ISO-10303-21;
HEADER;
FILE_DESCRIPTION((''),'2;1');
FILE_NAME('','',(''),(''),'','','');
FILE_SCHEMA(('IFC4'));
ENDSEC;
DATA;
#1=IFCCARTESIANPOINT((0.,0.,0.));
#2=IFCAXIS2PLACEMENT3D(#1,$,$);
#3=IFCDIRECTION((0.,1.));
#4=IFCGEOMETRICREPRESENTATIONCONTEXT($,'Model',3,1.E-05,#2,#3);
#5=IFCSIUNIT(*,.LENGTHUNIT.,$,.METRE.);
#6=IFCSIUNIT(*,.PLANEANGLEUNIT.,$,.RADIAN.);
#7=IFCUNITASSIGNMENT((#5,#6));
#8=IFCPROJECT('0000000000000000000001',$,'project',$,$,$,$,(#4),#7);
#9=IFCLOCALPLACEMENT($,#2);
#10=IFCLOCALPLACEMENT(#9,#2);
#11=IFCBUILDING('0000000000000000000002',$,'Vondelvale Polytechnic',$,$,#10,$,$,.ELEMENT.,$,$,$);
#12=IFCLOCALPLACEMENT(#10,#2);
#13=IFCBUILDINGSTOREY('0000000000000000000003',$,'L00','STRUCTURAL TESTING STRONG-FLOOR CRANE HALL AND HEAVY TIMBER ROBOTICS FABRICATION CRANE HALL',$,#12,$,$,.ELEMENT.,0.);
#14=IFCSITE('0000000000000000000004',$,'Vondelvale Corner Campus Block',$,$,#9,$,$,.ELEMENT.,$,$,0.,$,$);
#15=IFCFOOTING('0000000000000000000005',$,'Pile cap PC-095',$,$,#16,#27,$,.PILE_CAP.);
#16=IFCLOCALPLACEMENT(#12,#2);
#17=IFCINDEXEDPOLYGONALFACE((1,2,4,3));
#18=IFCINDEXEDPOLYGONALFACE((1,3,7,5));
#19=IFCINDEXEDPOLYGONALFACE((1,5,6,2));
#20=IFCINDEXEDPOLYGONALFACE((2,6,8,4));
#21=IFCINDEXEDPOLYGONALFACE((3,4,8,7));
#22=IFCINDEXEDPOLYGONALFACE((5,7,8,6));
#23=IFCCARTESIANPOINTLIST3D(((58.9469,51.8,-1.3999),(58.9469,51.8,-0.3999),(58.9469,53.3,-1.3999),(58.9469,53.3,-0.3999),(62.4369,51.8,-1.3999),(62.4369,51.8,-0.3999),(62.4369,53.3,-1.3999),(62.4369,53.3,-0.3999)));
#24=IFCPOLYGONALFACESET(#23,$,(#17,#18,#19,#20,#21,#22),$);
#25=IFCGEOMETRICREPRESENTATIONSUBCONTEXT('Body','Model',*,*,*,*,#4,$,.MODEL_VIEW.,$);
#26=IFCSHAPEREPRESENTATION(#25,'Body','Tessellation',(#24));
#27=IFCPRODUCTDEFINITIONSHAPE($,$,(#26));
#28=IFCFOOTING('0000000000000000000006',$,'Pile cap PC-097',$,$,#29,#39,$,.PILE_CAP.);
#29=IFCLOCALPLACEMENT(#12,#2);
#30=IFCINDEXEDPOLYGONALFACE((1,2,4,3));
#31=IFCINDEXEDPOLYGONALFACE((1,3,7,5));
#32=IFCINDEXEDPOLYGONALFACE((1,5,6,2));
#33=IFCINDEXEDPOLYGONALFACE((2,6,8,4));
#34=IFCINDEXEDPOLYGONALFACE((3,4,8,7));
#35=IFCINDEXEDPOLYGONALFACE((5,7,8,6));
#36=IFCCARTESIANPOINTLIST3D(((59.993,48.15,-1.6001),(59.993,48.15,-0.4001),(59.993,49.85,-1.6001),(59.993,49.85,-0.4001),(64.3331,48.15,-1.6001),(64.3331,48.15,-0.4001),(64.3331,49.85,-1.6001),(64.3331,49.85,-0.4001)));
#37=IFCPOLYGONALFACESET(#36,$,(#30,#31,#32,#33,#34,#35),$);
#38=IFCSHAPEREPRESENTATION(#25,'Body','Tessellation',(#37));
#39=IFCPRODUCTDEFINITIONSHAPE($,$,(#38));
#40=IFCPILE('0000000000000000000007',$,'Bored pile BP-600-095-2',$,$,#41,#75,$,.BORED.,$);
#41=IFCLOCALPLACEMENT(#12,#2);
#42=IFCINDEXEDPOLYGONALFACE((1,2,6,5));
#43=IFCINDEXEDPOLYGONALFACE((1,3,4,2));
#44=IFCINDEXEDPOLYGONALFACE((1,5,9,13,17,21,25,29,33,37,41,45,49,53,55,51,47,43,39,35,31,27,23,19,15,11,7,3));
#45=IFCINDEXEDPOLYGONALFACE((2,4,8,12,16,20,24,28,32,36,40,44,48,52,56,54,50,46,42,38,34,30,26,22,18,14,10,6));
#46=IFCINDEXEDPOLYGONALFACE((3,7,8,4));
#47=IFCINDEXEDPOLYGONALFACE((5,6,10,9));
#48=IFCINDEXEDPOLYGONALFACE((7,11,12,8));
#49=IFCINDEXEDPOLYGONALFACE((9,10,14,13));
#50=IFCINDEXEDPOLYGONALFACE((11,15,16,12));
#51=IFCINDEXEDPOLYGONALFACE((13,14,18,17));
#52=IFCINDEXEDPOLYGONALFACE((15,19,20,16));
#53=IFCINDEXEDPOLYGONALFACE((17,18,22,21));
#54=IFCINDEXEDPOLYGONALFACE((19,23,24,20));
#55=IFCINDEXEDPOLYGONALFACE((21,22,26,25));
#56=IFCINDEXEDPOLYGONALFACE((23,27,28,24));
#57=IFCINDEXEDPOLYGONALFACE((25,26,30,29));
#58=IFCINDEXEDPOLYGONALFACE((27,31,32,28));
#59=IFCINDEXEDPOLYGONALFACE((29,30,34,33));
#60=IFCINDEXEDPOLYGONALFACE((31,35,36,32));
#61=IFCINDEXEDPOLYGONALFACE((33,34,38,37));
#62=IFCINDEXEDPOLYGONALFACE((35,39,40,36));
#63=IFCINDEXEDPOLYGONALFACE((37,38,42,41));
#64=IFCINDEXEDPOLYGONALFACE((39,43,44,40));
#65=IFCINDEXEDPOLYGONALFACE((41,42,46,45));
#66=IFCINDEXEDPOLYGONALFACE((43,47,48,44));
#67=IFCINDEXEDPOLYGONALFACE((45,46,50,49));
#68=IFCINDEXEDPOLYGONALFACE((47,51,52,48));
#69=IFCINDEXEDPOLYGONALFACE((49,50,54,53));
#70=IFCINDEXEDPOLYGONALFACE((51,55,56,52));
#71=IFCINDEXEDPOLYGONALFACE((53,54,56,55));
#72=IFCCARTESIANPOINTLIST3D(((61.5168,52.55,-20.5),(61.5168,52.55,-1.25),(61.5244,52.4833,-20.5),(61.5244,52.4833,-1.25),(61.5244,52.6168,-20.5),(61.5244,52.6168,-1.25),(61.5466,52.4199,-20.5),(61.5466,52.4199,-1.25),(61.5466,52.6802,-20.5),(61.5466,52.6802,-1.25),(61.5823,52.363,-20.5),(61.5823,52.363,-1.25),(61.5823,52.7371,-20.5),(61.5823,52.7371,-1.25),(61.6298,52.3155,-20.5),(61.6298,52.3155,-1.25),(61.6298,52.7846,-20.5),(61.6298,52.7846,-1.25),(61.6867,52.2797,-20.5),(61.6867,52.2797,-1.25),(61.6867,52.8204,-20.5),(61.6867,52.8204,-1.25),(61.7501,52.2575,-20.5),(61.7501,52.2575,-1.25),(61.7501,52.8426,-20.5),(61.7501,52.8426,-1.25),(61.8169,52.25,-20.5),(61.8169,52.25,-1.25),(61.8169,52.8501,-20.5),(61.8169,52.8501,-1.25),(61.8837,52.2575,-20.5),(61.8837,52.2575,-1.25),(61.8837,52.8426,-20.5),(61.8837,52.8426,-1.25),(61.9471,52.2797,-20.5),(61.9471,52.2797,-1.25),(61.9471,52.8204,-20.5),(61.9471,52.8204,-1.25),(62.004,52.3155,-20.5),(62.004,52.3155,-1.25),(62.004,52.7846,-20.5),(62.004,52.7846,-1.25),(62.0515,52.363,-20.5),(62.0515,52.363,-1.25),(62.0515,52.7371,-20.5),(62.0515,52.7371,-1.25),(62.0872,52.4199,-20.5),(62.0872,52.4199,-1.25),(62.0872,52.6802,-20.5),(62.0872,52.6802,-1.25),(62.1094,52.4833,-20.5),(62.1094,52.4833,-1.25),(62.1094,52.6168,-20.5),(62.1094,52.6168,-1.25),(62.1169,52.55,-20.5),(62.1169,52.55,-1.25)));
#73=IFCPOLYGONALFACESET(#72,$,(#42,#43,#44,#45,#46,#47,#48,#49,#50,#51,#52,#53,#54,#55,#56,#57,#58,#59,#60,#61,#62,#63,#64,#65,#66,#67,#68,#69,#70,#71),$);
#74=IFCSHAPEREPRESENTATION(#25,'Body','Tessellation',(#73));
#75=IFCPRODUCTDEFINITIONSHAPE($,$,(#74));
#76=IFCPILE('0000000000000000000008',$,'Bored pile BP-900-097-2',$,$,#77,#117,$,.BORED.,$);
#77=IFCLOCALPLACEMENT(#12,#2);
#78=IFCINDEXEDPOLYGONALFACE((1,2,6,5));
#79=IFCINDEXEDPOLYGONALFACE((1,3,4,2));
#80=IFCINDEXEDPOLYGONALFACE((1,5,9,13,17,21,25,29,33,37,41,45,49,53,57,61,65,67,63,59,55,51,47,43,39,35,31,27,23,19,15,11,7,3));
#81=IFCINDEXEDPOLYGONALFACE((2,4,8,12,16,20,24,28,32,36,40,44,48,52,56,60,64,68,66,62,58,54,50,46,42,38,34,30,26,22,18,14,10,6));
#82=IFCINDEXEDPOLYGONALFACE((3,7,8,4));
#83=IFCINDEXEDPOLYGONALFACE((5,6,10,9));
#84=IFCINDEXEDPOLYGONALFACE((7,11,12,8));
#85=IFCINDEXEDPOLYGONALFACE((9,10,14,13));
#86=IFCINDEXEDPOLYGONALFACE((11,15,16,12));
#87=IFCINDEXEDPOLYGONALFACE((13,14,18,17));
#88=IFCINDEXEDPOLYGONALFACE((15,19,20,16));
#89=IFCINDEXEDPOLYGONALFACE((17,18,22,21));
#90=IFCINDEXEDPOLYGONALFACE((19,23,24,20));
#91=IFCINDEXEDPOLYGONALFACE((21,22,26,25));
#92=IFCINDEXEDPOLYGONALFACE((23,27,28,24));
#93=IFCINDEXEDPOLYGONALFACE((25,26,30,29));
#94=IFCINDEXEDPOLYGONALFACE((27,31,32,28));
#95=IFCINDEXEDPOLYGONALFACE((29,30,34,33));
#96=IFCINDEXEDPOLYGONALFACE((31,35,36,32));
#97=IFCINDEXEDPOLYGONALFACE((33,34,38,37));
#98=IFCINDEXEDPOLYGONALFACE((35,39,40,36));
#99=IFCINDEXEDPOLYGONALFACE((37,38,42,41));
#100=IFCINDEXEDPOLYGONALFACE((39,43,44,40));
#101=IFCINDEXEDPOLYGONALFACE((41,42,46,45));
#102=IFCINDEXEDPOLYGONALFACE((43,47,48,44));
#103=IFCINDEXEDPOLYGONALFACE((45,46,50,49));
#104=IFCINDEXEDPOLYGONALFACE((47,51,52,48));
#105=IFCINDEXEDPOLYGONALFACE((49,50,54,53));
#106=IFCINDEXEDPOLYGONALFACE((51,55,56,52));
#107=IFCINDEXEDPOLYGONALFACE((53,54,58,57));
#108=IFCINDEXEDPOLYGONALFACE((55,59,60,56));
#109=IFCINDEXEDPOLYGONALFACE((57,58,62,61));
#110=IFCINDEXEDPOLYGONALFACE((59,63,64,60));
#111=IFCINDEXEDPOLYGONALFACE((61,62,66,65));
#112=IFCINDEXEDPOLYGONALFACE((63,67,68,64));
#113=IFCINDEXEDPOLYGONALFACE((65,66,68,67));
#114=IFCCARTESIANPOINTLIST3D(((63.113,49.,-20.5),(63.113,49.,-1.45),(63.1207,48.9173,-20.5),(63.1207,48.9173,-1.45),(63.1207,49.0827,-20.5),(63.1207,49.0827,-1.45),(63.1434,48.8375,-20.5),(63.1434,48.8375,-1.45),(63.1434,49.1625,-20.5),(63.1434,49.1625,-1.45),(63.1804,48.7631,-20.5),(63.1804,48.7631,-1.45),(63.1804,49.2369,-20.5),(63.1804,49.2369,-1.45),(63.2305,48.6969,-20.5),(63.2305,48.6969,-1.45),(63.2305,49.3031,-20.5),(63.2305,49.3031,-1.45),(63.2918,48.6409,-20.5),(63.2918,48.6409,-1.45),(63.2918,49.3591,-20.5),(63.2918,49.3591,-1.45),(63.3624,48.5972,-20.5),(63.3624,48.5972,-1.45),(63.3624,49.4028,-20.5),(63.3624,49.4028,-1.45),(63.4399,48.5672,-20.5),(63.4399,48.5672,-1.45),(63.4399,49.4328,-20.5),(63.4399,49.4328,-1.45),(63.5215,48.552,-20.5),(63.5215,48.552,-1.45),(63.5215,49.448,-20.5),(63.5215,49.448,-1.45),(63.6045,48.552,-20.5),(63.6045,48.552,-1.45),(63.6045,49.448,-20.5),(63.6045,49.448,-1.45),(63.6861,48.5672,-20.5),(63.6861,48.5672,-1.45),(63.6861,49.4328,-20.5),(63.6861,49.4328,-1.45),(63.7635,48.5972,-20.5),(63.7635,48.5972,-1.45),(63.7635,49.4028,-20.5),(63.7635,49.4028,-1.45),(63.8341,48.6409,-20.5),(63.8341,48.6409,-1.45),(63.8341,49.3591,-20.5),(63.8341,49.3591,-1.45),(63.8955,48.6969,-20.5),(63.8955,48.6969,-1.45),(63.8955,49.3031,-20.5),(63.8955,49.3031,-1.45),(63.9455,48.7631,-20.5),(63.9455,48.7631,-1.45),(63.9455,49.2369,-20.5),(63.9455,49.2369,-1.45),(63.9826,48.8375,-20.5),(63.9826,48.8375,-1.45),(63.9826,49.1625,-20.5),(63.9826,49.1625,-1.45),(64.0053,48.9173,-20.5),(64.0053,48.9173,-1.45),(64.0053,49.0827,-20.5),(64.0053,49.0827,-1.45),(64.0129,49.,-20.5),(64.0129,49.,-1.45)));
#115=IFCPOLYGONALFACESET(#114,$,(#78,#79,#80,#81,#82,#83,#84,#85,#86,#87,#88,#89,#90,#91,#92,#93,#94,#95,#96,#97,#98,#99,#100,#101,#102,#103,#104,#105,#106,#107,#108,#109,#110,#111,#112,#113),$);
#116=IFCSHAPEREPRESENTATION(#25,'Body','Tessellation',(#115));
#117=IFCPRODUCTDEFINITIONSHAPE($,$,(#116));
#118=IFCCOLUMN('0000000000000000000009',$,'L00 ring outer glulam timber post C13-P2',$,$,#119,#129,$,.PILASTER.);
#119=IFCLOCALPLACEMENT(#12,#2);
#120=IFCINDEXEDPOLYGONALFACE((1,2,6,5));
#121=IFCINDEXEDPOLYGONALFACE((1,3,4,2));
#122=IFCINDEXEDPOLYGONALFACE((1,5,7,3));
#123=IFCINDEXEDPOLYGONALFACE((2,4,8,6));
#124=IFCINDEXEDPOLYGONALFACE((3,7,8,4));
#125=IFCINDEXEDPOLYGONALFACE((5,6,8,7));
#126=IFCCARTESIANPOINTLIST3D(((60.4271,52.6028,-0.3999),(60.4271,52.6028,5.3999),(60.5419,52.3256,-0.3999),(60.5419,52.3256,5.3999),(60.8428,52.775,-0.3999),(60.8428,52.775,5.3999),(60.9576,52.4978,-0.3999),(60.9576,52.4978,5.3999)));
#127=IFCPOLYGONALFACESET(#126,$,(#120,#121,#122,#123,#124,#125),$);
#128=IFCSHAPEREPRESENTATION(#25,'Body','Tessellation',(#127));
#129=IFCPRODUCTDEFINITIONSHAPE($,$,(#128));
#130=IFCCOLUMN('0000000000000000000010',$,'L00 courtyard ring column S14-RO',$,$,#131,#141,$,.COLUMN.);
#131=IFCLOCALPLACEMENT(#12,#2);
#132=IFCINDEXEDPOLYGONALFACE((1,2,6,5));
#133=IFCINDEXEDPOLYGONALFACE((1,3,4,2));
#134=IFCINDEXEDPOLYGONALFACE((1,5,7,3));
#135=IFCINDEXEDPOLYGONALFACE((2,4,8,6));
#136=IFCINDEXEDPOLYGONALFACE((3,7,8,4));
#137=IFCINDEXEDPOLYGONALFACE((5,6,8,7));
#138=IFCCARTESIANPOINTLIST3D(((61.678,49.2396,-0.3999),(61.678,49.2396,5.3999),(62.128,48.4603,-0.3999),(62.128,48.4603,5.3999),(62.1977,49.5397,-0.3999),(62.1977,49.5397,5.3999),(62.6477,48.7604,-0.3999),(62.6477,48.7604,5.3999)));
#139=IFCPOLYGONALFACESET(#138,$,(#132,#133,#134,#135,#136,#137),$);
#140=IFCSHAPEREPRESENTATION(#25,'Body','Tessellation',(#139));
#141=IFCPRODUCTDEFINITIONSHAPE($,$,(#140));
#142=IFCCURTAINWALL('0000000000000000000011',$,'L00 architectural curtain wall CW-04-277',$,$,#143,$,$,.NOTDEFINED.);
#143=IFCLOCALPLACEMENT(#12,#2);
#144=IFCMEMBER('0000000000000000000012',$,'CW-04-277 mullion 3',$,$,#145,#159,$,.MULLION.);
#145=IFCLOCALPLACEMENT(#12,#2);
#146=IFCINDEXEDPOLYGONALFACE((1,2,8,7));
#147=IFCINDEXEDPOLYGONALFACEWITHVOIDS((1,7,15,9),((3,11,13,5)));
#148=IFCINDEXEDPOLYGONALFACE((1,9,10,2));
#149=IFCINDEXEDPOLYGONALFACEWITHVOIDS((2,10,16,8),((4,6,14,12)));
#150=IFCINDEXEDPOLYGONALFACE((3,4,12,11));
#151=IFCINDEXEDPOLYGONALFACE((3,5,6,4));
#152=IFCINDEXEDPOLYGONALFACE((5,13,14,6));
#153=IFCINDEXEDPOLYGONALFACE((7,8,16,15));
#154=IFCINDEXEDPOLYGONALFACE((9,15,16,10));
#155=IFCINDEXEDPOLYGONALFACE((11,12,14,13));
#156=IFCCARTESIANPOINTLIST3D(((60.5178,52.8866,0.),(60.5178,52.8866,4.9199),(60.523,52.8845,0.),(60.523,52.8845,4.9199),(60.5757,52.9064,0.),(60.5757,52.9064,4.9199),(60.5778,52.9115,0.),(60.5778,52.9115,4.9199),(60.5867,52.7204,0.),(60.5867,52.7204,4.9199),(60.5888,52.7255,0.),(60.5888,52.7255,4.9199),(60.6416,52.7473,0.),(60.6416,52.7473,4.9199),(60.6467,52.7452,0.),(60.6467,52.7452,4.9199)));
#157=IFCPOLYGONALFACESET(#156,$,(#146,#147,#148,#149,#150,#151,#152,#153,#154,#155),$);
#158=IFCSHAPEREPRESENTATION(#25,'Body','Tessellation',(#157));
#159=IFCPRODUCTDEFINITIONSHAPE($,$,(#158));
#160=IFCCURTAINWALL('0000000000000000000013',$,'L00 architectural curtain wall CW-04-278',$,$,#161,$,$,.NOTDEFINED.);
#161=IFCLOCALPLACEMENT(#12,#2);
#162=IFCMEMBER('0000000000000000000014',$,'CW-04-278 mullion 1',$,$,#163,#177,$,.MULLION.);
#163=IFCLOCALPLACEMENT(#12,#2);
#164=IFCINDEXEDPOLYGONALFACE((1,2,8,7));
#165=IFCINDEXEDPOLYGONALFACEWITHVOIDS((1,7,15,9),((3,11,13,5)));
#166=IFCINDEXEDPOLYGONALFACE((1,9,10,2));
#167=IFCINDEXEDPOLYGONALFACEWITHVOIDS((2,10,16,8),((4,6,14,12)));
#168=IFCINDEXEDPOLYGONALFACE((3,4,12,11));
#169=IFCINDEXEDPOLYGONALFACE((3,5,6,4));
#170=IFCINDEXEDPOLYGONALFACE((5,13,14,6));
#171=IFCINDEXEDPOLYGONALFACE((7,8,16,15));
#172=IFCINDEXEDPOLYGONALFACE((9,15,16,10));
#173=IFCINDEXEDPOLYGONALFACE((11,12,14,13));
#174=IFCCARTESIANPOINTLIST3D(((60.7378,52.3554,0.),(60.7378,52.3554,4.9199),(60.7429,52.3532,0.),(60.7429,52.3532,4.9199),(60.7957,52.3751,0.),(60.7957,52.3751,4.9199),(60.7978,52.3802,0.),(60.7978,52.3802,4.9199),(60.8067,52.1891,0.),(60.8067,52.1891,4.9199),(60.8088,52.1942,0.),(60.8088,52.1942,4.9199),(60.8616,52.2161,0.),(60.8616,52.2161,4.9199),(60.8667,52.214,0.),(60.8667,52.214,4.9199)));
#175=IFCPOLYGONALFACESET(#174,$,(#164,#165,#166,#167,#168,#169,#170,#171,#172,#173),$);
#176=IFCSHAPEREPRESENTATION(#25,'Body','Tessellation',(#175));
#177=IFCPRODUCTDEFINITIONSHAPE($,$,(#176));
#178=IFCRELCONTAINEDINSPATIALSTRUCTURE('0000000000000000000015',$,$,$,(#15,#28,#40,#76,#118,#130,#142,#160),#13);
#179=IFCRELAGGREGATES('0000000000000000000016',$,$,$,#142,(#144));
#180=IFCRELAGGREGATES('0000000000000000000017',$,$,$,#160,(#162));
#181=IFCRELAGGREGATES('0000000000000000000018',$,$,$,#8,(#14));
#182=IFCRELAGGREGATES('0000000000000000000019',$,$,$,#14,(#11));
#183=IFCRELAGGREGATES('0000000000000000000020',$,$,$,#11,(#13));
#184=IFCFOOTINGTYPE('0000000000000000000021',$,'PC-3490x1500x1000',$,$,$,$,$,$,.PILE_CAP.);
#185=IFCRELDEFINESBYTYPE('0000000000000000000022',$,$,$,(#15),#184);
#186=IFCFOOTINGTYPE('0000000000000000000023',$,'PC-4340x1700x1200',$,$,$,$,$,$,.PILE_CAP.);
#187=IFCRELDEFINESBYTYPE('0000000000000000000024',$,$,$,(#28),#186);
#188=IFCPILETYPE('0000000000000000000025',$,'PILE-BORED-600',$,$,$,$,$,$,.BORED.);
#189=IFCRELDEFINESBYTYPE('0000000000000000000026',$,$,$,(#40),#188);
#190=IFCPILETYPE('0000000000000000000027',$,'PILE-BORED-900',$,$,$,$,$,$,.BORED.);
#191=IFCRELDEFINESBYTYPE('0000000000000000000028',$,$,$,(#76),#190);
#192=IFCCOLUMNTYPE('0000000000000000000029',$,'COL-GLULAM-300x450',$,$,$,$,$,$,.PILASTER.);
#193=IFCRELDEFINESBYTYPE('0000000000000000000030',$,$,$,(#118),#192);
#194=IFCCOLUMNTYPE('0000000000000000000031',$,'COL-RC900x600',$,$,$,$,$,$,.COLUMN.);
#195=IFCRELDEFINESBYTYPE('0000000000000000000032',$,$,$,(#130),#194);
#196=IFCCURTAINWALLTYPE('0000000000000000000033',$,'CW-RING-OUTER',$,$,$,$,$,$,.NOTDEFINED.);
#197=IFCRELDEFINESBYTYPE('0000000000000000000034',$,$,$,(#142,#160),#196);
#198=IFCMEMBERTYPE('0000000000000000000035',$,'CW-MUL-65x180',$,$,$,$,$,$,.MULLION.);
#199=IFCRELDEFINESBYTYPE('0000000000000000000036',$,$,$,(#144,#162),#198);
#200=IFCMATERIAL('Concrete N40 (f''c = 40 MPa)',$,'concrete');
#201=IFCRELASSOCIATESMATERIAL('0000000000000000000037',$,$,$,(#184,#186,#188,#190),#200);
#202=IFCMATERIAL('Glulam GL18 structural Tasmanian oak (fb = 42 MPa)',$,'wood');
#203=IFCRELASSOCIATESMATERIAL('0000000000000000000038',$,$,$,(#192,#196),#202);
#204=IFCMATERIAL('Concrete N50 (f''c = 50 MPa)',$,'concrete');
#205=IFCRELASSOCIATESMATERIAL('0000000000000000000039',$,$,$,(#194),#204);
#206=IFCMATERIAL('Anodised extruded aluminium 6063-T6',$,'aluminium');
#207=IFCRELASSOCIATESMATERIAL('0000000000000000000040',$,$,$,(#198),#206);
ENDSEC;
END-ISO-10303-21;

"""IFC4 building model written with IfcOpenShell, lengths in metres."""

from ifc_helpers import new_model, si_unit, direction, frame, origin, origin_2d, place, context, subcontext, project, spatial, rectangle, hollow_rectangle, circle, extrude, material, material_profile, profile_set, type_object, element, aggregate, save


model = new_model("IFC4")

# Units and contexts
model_context = context("Model", 3, precision=1e-05, world=origin(), true_north=direction((0.0, 1.0)))
body_context = subcontext(model_context, "Body", "Model", "MODEL_VIEW")
ifc_project = project(units=[si_unit("LENGTHUNIT", "METRE"), si_unit("PLANEANGLEUNIT", "RADIAN")], contexts=[model_context])

# Site, building, storey
site_placement = place(None, origin())
site = spatial("IfcSite", under=ifc_project, at=site_placement, Name="Vondelvale Corner Campus Block", CompositionType="ELEMENT", RefElevation=0.0)
building_placement = place(site_placement, origin())
building = spatial("IfcBuilding", under=site, at=building_placement, Name="Vondelvale Polytechnic", CompositionType="ELEMENT")
storey_placement = place(building_placement, origin())
storey = spatial("IfcBuildingStorey", under=building, at=storey_placement, Name="L00", Description="STRUCTURAL TESTING STRONG-FLOOR CRANE HALL AND HEAVY TIMBER ROBOTICS FABRICATION CRANE HALL", CompositionType="ELEMENT", Elevation=0.0)

# Footings
ifc_material_1 = material(Name="Concrete N40 (f'c = 40 MPa)", Category="concrete")
footing_type_1 = type_object("IfcFootingType", Name="PC-3490x1500x1000", PredefinedType="PILE_CAP", material=ifc_material_1)
footing_1_placement = place(storey_placement, frame((60.6919, 52.55, -1.3999), z_axis=(0.0, 0.0, 1.0), x_axis=(1.0, 0.0, 0.0)))
element("IfcFooting", 1, at=footing_1_placement, inside=storey, type_object=footing_type_1, Name="Pile cap PC-095", PredefinedType="PILE_CAP", context=body_context, shape_type="SweptSolid", body=[
    extrude(rectangle(XDim=3.49, YDim=1.5, at=origin_2d()), origin(), (0.0, 0.0, 1.0), 1.0),
])
footing_type_2 = type_object("IfcFootingType", Name="PC-4340x1700x1200", PredefinedType="PILE_CAP", material=ifc_material_1)
footing_2_placement = place(storey_placement, frame((62.1631, 49.0, -1.6001), z_axis=(0.0, 0.0, 1.0), x_axis=(1.0, 0.0, 0.0)))
element("IfcFooting", 2, at=footing_2_placement, inside=storey, type_object=footing_type_2, Name="Pile cap PC-097", PredefinedType="PILE_CAP", context=body_context, shape_type="SweptSolid", body=[
    extrude(rectangle(XDim=4.3401, YDim=1.7, at=origin_2d()), origin(), (0.0, 0.0, 1.0), 1.2),
])

# Piles
ifc_material_profile_1 = material_profile(ifc_material_1, circle(Radius=0.3, at=origin_2d()), Name="PILE-D600")
ifc_profile_set_1 = profile_set([ifc_material_profile_1], Name="Concrete N40 (f'c = 40 MPa)")
pile_type_1 = type_object("IfcPileType", Name="PILE-BORED-600", PredefinedType="BORED", material=ifc_profile_set_1)
pile_1_placement = place(storey_placement, frame((61.8169, 52.55, -1.25), z_axis=(0.0, 0.0, -1.0), x_axis=(1.0, 0.0, 0.0)))
element("IfcPile", 3, at=pile_1_placement, inside=storey, type_object=pile_type_1, Name="Bored pile BP-600-095-2", PredefinedType="BORED", context=body_context, shape_type="SweptSolid", body=[
    extrude(circle(Radius=0.3, at=origin_2d()), origin(), (0.0, 0.0, 1.0), 19.25),
])
ifc_material_profile_2 = material_profile(ifc_material_1, circle(Radius=0.45, at=origin_2d()), Name="PILE-D900")
ifc_profile_set_2 = profile_set([ifc_material_profile_2], Name="Concrete N40 (f'c = 40 MPa)")
pile_type_2 = type_object("IfcPileType", Name="PILE-BORED-900", PredefinedType="BORED", material=ifc_profile_set_2)
pile_2_placement = place(storey_placement, frame((63.563, 49.0, -1.45), z_axis=(0.0, 0.0, -1.0), x_axis=(1.0, 0.0, 0.0)))
element("IfcPile", 4, at=pile_2_placement, inside=storey, type_object=pile_type_2, Name="Bored pile BP-900-097-2", PredefinedType="BORED", context=body_context, shape_type="SweptSolid", body=[
    extrude(circle(Radius=0.45, at=origin_2d()), origin(), (0.0, 0.0, 1.0), 19.05),
])

# Columns
ifc_material_2 = material(Name="Glulam GL18 structural Tasmanian oak (fb = 42 MPa)", Category="wood")
ifc_material_profile_3 = material_profile(ifc_material_2, rectangle(XDim=0.3, YDim=0.45, at=origin_2d()), Name="GL-POST-300x450")
ifc_profile_set_3 = profile_set([ifc_material_profile_3], Name="Glulam GL18 structural Tasmanian oak (fb = 42 MPa)")
column_type_1 = type_object("IfcColumnType", Name="COL-GLULAM-300x450", PredefinedType="PILASTER", material=ifc_profile_set_3)
column_1_placement = place(storey_placement, frame((60.6924, 52.5503, -0.3999), z_axis=(0.0, 0.0, 1.0), x_axis=(-0.382683, 0.92388, 0.0)))
element("IfcColumn", 5, at=column_1_placement, inside=storey, type_object=column_type_1, Name="L00 ring outer glulam timber post C13-P2", PredefinedType="PILASTER", context=body_context, shape_type="SweptSolid", body=[
    extrude(rectangle(XDim=0.3, YDim=0.45, at=origin_2d()), origin(), (0.0, 0.0, 1.0), 5.7998),
])
ifc_material_3 = material(Name="Concrete N50 (f'c = 50 MPa)", Category="concrete")
ifc_material_profile_4 = material_profile(ifc_material_3, rectangle(XDim=0.6001, YDim=0.8999, at=origin_2d()), Name="RC-COL-900x600")
ifc_profile_set_4 = profile_set([ifc_material_profile_4], Name="Concrete N50 (f'c = 50 MPa)")
column_type_2 = type_object("IfcColumnType", Name="COL-RC900x600", PredefinedType="COLUMN", material=ifc_profile_set_4)
column_2_placement = place(storey_placement, frame((62.1628, 49.0, -0.3999), z_axis=(0.0, 0.0, 1.0), x_axis=(0.866025, 0.5, 0.0)))
element("IfcColumn", 6, at=column_2_placement, inside=storey, type_object=column_type_2, Name="L00 courtyard ring column S14-RO", PredefinedType="COLUMN", context=body_context, shape_type="SweptSolid", body=[
    extrude(rectangle(XDim=0.6001, YDim=0.8999, at=origin_2d()), origin(), (0.0, 0.0, 1.0), 5.7998),
])

# Curtain wall, member
curtain_wall_type = type_object("IfcCurtainWallType", Name="CW-RING-OUTER", PredefinedType="NOTDEFINED", material=ifc_material_2)
curtain_wall_1_placement = place(storey_placement, origin())
curtain_wall_1 = element("IfcCurtainWall", 7, at=curtain_wall_1_placement, inside=storey, type_object=curtain_wall_type, Name="L00 architectural curtain wall CW-04-277", PredefinedType="NOTDEFINED")
ifc_material_4 = material(Name="Anodised extruded aluminium 6063-T6", Category="aluminium")
ifc_material_profile_5 = material_profile(ifc_material_4, hollow_rectangle(XDim=0.0649, YDim=0.1799, WallThickness=0.0039, at=origin_2d()), Name="CW-MUL-180x65")
ifc_profile_set_5 = profile_set([ifc_material_profile_5], Name="Anodised extruded aluminium 6063-T6")
member_type_1 = type_object("IfcMemberType", Name="CW-MUL-65x180", PredefinedType="MULLION", material=ifc_profile_set_5)
member_1_placement = place(storey_placement, frame((60.5823, 52.8159, 0.0), z_axis=(0.0, 0.0, 1.0), x_axis=(0.923875, 0.382695, 0.0)))
member_1 = element("IfcMember", 8, at=member_1_placement, type_object=member_type_1, Name="CW-04-277 mullion 3", PredefinedType="MULLION", context=body_context, shape_type="SweptSolid", body=[
    extrude(hollow_rectangle(XDim=0.0649, YDim=0.1799, WallThickness=0.0039, at=origin_2d()), origin(), (0.0, 0.0, 1.0), 4.9199),
])

# Curtain wall, member
curtain_wall_2_placement = place(storey_placement, origin())
curtain_wall_2 = element("IfcCurtainWall", 9, at=curtain_wall_2_placement, inside=storey, type_object=curtain_wall_type, Name="L00 architectural curtain wall CW-04-278", PredefinedType="NOTDEFINED")
member_2_placement = place(storey_placement, frame((60.8022, 52.2847, 0.0), z_axis=(0.0, 0.0, 1.0), x_axis=(0.923881, 0.382679, 0.0)))
member_2 = element("IfcMember", 10, at=member_2_placement, type_object=member_type_1, Name="CW-04-278 mullion 1", PredefinedType="MULLION", context=body_context, shape_type="SweptSolid", body=[
    extrude(hollow_rectangle(XDim=0.0649, YDim=0.1799, WallThickness=0.0039, at=origin_2d()), origin(), (0.0, 0.0, 1.0), 4.9199),
])

aggregate(curtain_wall_1, [member_1])
aggregate(curtain_wall_2, [member_2])

save(model, "model.ifc")
